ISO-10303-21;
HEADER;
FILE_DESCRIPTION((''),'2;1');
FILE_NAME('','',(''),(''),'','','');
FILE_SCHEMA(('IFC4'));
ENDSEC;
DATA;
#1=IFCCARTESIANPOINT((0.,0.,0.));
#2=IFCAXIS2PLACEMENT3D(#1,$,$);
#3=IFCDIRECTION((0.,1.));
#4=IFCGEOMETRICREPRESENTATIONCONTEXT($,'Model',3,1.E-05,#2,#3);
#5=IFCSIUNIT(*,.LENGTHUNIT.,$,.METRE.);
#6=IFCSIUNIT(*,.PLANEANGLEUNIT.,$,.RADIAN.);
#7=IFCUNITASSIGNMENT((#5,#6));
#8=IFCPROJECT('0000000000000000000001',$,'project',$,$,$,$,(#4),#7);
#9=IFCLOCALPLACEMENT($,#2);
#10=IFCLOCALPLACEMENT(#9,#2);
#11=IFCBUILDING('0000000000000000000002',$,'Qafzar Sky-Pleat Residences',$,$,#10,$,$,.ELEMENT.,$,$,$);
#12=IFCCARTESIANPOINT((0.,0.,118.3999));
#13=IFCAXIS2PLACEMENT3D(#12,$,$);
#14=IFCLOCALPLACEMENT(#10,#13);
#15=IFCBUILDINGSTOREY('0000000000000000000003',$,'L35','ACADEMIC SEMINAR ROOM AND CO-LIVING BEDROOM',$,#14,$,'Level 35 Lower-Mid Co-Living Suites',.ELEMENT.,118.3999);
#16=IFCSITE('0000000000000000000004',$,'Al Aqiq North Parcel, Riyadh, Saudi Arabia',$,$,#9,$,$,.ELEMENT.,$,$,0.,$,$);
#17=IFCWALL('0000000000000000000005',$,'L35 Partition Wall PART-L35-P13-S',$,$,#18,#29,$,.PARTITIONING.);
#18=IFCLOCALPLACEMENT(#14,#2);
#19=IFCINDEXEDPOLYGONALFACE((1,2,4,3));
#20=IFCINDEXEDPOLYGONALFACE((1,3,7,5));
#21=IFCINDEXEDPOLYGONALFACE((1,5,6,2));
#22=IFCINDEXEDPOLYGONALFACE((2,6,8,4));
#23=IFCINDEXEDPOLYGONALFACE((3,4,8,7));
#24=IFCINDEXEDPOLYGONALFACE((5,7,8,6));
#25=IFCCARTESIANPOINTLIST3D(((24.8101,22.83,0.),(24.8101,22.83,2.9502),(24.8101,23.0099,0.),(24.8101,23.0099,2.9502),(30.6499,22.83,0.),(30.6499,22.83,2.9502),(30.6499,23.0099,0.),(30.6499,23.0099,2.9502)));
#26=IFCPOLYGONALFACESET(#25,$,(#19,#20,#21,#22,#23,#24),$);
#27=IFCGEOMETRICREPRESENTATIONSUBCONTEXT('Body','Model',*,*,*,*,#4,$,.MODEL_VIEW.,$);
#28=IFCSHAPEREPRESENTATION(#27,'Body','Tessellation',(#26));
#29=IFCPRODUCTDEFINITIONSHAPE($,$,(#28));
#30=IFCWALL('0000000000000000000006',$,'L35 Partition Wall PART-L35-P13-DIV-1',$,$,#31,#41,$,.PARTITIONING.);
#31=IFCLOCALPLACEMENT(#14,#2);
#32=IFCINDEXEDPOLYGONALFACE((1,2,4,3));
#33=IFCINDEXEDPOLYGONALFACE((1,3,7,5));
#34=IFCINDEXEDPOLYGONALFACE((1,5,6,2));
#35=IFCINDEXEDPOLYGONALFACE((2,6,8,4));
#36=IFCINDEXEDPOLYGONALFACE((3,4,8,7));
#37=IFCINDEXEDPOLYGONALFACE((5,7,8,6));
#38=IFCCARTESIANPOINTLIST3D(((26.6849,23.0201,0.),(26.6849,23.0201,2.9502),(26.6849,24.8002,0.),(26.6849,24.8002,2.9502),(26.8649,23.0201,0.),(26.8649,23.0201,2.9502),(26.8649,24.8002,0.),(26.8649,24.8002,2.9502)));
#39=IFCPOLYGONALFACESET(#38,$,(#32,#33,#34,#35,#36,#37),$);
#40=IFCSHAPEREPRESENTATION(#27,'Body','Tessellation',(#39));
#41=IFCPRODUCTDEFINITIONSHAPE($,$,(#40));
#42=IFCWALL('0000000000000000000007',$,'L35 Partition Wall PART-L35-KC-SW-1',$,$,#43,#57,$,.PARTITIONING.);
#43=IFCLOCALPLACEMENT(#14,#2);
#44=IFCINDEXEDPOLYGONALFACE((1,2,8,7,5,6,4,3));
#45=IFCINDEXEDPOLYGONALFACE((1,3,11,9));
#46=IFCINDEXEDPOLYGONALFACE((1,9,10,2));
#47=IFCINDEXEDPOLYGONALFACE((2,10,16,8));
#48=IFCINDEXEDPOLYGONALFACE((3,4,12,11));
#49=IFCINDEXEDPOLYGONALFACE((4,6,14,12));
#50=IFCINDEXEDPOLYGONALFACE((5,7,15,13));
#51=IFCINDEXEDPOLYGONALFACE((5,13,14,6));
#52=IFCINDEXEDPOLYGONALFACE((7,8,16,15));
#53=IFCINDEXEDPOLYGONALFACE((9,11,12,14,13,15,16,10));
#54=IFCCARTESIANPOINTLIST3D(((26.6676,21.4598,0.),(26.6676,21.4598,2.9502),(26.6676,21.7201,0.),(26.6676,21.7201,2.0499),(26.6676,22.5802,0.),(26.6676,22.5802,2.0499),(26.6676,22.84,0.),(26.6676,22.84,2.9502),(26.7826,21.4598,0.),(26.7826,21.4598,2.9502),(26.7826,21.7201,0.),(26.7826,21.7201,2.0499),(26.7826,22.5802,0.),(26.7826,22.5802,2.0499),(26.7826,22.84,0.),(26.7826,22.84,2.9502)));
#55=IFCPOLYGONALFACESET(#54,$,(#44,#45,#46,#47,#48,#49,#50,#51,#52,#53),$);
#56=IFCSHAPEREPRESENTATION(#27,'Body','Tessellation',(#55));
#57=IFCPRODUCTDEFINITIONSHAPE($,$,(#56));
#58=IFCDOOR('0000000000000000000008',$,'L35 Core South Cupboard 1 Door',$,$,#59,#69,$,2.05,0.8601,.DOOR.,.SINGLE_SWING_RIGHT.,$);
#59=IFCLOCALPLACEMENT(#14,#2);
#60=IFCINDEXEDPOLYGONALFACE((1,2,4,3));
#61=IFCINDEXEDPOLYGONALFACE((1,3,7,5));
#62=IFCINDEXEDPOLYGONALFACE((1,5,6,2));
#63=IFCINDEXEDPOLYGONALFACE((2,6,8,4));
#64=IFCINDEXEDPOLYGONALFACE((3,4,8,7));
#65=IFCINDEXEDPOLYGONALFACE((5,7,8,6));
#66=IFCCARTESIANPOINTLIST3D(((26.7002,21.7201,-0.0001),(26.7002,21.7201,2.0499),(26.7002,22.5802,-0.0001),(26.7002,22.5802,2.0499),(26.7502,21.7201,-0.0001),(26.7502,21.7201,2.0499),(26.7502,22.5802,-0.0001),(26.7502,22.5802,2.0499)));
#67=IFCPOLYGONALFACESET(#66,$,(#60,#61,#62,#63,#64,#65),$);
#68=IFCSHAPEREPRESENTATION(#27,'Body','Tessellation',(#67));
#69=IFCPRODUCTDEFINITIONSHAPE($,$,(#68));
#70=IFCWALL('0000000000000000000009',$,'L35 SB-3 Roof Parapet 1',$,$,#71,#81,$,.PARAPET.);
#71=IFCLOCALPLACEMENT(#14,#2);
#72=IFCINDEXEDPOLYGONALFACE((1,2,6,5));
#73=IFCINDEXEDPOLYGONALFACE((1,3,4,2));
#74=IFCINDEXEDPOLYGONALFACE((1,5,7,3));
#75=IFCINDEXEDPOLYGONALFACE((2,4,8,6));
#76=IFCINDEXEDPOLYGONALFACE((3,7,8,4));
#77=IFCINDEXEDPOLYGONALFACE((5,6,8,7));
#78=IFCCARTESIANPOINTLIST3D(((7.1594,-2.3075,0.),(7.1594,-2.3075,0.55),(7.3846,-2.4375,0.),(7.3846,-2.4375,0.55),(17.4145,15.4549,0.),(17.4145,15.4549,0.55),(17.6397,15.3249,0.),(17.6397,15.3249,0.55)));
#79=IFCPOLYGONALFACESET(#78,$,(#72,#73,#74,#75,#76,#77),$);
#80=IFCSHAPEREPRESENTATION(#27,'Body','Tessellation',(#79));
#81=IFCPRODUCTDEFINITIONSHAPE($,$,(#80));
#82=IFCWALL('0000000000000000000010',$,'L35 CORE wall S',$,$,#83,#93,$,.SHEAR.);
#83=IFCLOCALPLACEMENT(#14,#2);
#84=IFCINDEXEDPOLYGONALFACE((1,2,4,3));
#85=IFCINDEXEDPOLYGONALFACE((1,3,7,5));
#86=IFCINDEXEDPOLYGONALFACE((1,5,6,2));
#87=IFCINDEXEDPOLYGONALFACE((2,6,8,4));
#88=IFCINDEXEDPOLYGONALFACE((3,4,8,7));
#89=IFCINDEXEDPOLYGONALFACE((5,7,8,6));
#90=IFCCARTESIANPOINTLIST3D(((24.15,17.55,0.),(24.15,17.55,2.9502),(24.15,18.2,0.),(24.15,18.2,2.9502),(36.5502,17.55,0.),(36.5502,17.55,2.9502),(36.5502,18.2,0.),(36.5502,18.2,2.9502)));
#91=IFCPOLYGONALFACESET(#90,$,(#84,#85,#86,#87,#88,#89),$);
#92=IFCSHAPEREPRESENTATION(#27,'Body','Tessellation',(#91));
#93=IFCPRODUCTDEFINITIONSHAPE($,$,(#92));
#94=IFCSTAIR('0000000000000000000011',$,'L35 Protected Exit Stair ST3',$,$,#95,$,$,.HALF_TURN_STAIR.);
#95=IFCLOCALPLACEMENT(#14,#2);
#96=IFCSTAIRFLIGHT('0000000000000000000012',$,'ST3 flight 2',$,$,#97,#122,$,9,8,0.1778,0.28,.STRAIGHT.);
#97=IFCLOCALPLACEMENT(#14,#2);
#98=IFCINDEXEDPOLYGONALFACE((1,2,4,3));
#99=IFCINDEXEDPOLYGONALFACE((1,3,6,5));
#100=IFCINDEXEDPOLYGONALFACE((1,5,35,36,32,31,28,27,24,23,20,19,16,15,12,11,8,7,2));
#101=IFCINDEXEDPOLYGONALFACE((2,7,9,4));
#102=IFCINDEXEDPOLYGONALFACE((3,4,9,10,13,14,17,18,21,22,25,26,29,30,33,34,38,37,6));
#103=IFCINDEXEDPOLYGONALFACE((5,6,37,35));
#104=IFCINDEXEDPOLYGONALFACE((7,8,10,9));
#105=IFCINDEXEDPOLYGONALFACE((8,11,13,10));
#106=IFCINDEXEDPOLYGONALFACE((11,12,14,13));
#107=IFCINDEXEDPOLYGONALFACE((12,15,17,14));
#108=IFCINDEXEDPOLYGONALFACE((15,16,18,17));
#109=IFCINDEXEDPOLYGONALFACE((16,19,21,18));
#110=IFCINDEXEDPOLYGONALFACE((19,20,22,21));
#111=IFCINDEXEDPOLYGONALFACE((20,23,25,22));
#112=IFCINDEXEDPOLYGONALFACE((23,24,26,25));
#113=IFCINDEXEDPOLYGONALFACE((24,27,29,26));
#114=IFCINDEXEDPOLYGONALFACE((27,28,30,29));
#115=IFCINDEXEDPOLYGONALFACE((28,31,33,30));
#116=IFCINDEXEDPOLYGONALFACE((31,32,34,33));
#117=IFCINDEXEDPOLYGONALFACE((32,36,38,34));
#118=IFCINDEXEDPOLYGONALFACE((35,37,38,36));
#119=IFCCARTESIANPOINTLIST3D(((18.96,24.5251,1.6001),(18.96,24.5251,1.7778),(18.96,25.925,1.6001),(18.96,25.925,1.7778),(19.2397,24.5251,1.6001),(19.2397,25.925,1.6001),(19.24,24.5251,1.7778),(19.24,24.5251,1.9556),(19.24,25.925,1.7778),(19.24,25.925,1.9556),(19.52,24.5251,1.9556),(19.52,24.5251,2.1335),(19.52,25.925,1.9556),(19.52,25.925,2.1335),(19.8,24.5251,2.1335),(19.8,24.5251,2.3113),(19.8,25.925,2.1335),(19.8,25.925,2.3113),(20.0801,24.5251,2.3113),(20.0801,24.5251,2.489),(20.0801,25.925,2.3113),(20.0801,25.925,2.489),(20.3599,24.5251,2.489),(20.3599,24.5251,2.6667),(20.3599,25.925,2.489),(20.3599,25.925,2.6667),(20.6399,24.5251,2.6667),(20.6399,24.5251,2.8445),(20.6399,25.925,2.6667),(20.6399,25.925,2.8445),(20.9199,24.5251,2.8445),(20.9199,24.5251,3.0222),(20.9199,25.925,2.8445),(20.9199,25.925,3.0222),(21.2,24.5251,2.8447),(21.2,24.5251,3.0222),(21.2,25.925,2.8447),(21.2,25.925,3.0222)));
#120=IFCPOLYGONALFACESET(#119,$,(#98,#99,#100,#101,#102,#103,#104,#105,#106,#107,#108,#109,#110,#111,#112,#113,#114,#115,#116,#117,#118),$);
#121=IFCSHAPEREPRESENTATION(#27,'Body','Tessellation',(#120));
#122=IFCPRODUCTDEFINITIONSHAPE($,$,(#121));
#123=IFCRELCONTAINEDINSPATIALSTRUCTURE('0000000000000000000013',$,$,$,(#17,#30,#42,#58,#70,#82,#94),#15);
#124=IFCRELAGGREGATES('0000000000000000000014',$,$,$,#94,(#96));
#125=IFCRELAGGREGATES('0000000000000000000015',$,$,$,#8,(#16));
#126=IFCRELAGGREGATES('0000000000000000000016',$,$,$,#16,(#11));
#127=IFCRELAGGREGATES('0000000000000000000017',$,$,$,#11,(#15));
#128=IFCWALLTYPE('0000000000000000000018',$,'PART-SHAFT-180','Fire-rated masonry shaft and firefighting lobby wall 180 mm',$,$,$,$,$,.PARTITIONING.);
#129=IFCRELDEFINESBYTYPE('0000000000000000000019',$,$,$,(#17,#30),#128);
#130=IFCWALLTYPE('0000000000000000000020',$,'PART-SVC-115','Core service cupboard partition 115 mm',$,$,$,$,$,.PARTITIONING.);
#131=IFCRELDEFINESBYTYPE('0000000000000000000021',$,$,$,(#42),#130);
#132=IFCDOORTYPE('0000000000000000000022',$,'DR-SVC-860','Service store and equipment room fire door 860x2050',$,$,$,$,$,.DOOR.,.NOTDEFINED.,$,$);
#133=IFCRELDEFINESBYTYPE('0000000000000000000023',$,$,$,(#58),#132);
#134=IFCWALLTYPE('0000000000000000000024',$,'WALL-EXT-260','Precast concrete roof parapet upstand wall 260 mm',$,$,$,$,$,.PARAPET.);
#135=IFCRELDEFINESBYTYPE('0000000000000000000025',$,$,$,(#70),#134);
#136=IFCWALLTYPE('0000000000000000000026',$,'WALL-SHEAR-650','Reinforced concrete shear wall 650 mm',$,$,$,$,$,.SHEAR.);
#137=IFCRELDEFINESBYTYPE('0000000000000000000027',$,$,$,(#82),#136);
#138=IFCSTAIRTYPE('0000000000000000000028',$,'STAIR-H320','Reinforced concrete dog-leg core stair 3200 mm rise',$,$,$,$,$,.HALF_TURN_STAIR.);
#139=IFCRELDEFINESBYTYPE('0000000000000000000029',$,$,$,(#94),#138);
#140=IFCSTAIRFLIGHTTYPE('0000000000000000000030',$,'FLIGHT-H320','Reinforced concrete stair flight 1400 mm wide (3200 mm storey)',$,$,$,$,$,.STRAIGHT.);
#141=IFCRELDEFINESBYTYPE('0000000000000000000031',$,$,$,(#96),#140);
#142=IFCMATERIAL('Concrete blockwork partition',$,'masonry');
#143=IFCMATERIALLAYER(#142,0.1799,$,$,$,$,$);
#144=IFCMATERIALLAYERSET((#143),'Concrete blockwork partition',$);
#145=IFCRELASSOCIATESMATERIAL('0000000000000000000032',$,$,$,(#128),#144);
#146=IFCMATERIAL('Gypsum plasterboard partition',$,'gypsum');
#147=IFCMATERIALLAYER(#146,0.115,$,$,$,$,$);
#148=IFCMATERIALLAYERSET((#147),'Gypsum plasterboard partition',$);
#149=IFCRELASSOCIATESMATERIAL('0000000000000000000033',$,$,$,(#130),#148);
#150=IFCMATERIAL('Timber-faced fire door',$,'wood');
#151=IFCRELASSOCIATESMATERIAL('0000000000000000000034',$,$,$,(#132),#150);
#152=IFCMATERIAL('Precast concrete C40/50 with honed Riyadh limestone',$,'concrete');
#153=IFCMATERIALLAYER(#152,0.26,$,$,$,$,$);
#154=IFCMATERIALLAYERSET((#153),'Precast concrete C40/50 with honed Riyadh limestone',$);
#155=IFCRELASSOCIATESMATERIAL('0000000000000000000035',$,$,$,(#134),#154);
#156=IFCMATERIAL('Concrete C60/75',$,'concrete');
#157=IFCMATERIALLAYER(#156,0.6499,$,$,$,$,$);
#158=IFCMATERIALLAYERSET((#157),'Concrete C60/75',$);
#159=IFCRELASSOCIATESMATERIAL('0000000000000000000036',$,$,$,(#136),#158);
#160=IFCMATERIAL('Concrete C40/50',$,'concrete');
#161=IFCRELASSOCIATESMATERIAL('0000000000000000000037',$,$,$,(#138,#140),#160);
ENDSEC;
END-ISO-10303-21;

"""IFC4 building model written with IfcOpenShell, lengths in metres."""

from ifc_helpers import new_model, si_unit, direction, frame, frame_2d, origin, place, context, subcontext, project, spatial, polyline, rectangle, outline, extrude, source, transform, mapped, material, layer, layer_set, type_object, element, fill, aggregate, save


model = new_model("IFC4")

# Units and contexts
model_context = context("Model", 3, precision=1e-05, world=origin(), true_north=direction((0.0, 1.0)))
body_context = subcontext(model_context, "Body", "Model", "MODEL_VIEW")
ifc_project = project(units=[si_unit("LENGTHUNIT", "METRE"), si_unit("PLANEANGLEUNIT", "RADIAN")], contexts=[model_context])

# Site, building, storey
site_placement = place(None, origin())
site = spatial("IfcSite", under=ifc_project, at=site_placement, Name="Al Aqiq North Parcel, Riyadh, Saudi Arabia", CompositionType="ELEMENT", RefElevation=0.0)
building_placement = place(site_placement, origin())
building = spatial("IfcBuilding", under=site, at=building_placement, Name="Qafzar Sky-Pleat Residences", CompositionType="ELEMENT")
storey_placement = place(building_placement, frame((0.0, 0.0, 118.3999)))
storey = spatial("IfcBuildingStorey", under=building, at=storey_placement, Name="L35", Description="ACADEMIC SEMINAR ROOM AND CO-LIVING BEDROOM", LongName="Level 35 Lower-Mid Co-Living Suites", CompositionType="ELEMENT", Elevation=118.3999)

# Shared definitions
ifc_material_1 = material(Name="Timber-faced fire door", Category="wood")

# Wall
ifc_material_2 = material(Name="Concrete blockwork partition", Category="masonry")
ifc_layer_1 = layer(ifc_material_2, 0.1799)
ifc_layer_set_1 = layer_set([ifc_layer_1], Name="Concrete blockwork partition")
wall_type_1 = type_object("IfcWallType", Name="PART-SHAFT-180", Description="Fire-rated masonry shaft and firefighting lobby wall 180 mm", PredefinedType="PARTITIONING", material=ifc_layer_set_1)
wall_1_placement = place(storey_placement, frame((24.8101, 22.9199, 0.0), z_axis=(0.0, 0.0, 1.0), x_axis=(1.0, 0.0, 0.0)))
element("IfcWall", 1, at=wall_1_placement, inside=storey, type_object=wall_type_1, Name="L35 Partition Wall PART-L35-P13-S", PredefinedType="PARTITIONING", context=body_context, shape_type="SweptSolid", body=[
    extrude(rectangle(XDim=5.8398, YDim=0.1799, at=frame_2d((2.9199, 0.0))), origin(), (0.0, 0.0, 1.0), 2.9502),
])

# Wall
wall_2_placement = place(storey_placement, frame((26.7749, 23.02, 0.0), z_axis=(0.0, 0.0, 1.0), x_axis=(0.0, 1.0, 0.0)))
element("IfcWall", 2, at=wall_2_placement, inside=storey, type_object=wall_type_1, Name="L35 Partition Wall PART-L35-P13-DIV-1", PredefinedType="PARTITIONING", context=body_context, shape_type="SweptSolid", body=[
    extrude(rectangle(XDim=1.78, YDim=0.1799, at=frame_2d((0.8901, 0.0))), origin(), (0.0, 0.0, 1.0), 2.9502),
])

# Wall, opening, door
ifc_material_3 = material(Name="Gypsum plasterboard partition", Category="gypsum")
ifc_layer_2 = layer(ifc_material_3, 0.115)
ifc_layer_set_2 = layer_set([ifc_layer_2], Name="Gypsum plasterboard partition")
wall_type_2 = type_object("IfcWallType", Name="PART-SVC-115", Description="Core service cupboard partition 115 mm", PredefinedType="PARTITIONING", material=ifc_layer_set_2)
wall_3_placement = place(storey_placement, frame((26.7251, 21.46, 0.0), z_axis=(0.0, 0.0, 1.0), x_axis=(0.0, 1.0, 0.0)))
wall_3 = element("IfcWall", 3, at=wall_3_placement, inside=storey, type_object=wall_type_2, Name="L35 Partition Wall PART-L35-KC-SW-1", PredefinedType="PARTITIONING", context=body_context, shape_type="SweptSolid", body=[
    extrude(rectangle(XDim=1.3801, YDim=0.115, at=frame_2d((0.6899, 0.0))), origin(), (0.0, 0.0, 1.0), 2.9502),
])
opening_1_placement = place(wall_3_placement, frame((0.26, 0.0, 0.0)))
opening_1 = element("IfcOpeningElement", 4, at=opening_1_placement, cuts=wall_3, PredefinedType="OPENING", context=body_context, shape_type="SweptSolid", body=[
    extrude(rectangle(XDim=0.8601, YDim=2.05, at=frame_2d((0.4302, 1.0249))), frame((0.0, 0.0674, 0.0), z_axis=(0.0, -1.0, 0.0), x_axis=(1.0, 0.0, 0.0)), (0.0, 0.0, 1.0), 0.135),
])
door_type_1 = type_object("IfcDoorType", Name="DR-SVC-860", Description="Service store and equipment room fire door 860x2050", OperationType="NOTDEFINED", PredefinedType="DOOR", material=ifc_material_1)
shared_shape_1 = source(origin(), body_context, "Body", "SweptSolid", [
    extrude(rectangle(XDim=0.8601, YDim=2.05, at=frame_2d((0.4302, 1.0249))), frame((0.0, 0.0249, 0.0), z_axis=(0.0, -1.0, 0.0), x_axis=(1.0, 0.0, 0.0)), (0.0, 0.0, 1.0), 0.05),
])
door_1_placement = place(opening_1_placement, origin())
door_1 = element("IfcDoor", 5, at=door_1_placement, inside=storey, type_object=door_type_1, Name="L35 Core South Cupboard 1 Door", OperationType="SINGLE_SWING_RIGHT", OverallHeight=2.05, OverallWidth=0.8601, PredefinedType="DOOR", context=body_context, shape_type="MappedRepresentation", body=[
    mapped(shared_shape_1, transform((0.0, 0.0, 0.0), x_axis=(1.0, 0.0, 0.0), y_axis=(0.0, 1.0, 0.0), z_axis=(0.0, 0.0, 1.0), scale=1.0)),
])
fill(opening_1, door_1)

# Wall
ifc_material_4 = material(Name="Precast concrete C40/50 with honed Riyadh limestone", Category="concrete")
ifc_layer_3 = layer(ifc_material_4, 0.26)
ifc_layer_set_3 = layer_set([ifc_layer_3], Name="Precast concrete C40/50 with honed Riyadh limestone")
wall_type_3 = type_object("IfcWallType", Name="WALL-EXT-260", Description="Precast concrete roof parapet upstand wall 260 mm", PredefinedType="PARAPET", material=ifc_layer_set_3)
wall_4_placement = place(storey_placement, frame((17.5271, 15.3899, 0.0), z_axis=(0.0, 0.0, 1.0), x_axis=(-0.499999, -0.866026, 0.0)))
element("IfcWall", 6, at=wall_4_placement, inside=storey, type_object=wall_type_3, Name="L35 SB-3 Roof Parapet 1", PredefinedType="PARAPET", context=body_context, shape_type="SweptSolid", body=[
    extrude(rectangle(XDim=20.5103, YDim=0.26, at=frame_2d((10.2551, 0.0))), origin(), (0.0, 0.0, 1.0), 0.55),
])

# Shared definitions
ifc_material_5 = material(Name="Concrete C60/75", Category="concrete")

# Wall
ifc_layer_4 = layer(ifc_material_5, 0.6499)
ifc_layer_set_4 = layer_set([ifc_layer_4], Name="Concrete C60/75")
wall_type_4 = type_object("IfcWallType", Name="WALL-SHEAR-650", Description="Reinforced concrete shear wall 650 mm", PredefinedType="SHEAR", material=ifc_layer_set_4)
wall_5_placement = place(storey_placement, frame((24.1499, 17.875, 0.0), z_axis=(0.0, 0.0, 1.0), x_axis=(1.0, 0.0, 0.0)))
element("IfcWall", 7, at=wall_5_placement, inside=storey, type_object=wall_type_4, Name="L35 CORE wall S", PredefinedType="SHEAR", context=body_context, shape_type="SweptSolid", body=[
    extrude(rectangle(XDim=12.4001, YDim=0.6499, at=frame_2d((6.2002, 0.0))), origin(), (0.0, 0.0, 1.0), 2.9502),
])

# Stair, stair flight
ifc_material_6 = material(Name="Concrete C40/50", Category="concrete")
stair_type = type_object("IfcStairType", Name="STAIR-H320", Description="Reinforced concrete dog-leg core stair 3200 mm rise", PredefinedType="HALF_TURN_STAIR", material=ifc_material_6)
stair_placement = place(storey_placement, origin())
stair = element("IfcStair", 8, at=stair_placement, inside=storey, type_object=stair_type, Name="L35 Protected Exit Stair ST3", PredefinedType="HALF_TURN_STAIR")
stair_flight_type = type_object("IfcStairFlightType", Name="FLIGHT-H320", Description="Reinforced concrete stair flight 1400 mm wide (3200 mm storey)", PredefinedType="STRAIGHT", material=ifc_material_6)
shared_shape_2 = source(origin(), body_context, "Body", "SweptSolid", [
    extrude(outline(polyline([(0.0, 0.0), (0.0, 0.1777), (0.28, 0.1777), (0.28, 0.3555), (0.5601, 0.3555), (0.5601, 0.5334), (0.8401, 0.5334), (0.8401, 0.7112), (1.1201, 0.7112), (1.1201, 0.8889), (1.3999, 0.8889), (1.3999, 1.0667), (1.6799, 1.0667), (1.6799, 1.2444), (1.96, 1.2444), (1.96, 1.4221), (2.24, 1.4221), (2.24, 1.6001), (2.24, 1.2446), (0.2798, 0.0), (0.0, 0.0)])), frame((0.0, 0.7, 0.0), z_axis=(0.0, -1.0, 0.0), x_axis=(1.0, 0.0, 0.0)), (0.0, 0.0, 1.0), 1.3999),
])
stair_flight_placement = place(storey_placement, frame((18.96, 25.2251, 1.6001), z_axis=(0.0, 0.0, 1.0), x_axis=(1.0, 0.0, 0.0)))
stair_flight = element("IfcStairFlight", 9, at=stair_flight_placement, type_object=stair_flight_type, Name="ST3 flight 2", NumberOfRisers=9, NumberOfTreads=8, PredefinedType="STRAIGHT", RiserHeight=0.1778, TreadLength=0.28, context=body_context, shape_type="MappedRepresentation", body=[
    mapped(shared_shape_2, transform((0.0, 0.0, 0.0), x_axis=(1.0, 0.0, 0.0), y_axis=(0.0, 1.0, 0.0), z_axis=(0.0, 0.0, 1.0), scale=1.0)),
])
aggregate(stair, [stair_flight])

save(model, "model.ifc")
